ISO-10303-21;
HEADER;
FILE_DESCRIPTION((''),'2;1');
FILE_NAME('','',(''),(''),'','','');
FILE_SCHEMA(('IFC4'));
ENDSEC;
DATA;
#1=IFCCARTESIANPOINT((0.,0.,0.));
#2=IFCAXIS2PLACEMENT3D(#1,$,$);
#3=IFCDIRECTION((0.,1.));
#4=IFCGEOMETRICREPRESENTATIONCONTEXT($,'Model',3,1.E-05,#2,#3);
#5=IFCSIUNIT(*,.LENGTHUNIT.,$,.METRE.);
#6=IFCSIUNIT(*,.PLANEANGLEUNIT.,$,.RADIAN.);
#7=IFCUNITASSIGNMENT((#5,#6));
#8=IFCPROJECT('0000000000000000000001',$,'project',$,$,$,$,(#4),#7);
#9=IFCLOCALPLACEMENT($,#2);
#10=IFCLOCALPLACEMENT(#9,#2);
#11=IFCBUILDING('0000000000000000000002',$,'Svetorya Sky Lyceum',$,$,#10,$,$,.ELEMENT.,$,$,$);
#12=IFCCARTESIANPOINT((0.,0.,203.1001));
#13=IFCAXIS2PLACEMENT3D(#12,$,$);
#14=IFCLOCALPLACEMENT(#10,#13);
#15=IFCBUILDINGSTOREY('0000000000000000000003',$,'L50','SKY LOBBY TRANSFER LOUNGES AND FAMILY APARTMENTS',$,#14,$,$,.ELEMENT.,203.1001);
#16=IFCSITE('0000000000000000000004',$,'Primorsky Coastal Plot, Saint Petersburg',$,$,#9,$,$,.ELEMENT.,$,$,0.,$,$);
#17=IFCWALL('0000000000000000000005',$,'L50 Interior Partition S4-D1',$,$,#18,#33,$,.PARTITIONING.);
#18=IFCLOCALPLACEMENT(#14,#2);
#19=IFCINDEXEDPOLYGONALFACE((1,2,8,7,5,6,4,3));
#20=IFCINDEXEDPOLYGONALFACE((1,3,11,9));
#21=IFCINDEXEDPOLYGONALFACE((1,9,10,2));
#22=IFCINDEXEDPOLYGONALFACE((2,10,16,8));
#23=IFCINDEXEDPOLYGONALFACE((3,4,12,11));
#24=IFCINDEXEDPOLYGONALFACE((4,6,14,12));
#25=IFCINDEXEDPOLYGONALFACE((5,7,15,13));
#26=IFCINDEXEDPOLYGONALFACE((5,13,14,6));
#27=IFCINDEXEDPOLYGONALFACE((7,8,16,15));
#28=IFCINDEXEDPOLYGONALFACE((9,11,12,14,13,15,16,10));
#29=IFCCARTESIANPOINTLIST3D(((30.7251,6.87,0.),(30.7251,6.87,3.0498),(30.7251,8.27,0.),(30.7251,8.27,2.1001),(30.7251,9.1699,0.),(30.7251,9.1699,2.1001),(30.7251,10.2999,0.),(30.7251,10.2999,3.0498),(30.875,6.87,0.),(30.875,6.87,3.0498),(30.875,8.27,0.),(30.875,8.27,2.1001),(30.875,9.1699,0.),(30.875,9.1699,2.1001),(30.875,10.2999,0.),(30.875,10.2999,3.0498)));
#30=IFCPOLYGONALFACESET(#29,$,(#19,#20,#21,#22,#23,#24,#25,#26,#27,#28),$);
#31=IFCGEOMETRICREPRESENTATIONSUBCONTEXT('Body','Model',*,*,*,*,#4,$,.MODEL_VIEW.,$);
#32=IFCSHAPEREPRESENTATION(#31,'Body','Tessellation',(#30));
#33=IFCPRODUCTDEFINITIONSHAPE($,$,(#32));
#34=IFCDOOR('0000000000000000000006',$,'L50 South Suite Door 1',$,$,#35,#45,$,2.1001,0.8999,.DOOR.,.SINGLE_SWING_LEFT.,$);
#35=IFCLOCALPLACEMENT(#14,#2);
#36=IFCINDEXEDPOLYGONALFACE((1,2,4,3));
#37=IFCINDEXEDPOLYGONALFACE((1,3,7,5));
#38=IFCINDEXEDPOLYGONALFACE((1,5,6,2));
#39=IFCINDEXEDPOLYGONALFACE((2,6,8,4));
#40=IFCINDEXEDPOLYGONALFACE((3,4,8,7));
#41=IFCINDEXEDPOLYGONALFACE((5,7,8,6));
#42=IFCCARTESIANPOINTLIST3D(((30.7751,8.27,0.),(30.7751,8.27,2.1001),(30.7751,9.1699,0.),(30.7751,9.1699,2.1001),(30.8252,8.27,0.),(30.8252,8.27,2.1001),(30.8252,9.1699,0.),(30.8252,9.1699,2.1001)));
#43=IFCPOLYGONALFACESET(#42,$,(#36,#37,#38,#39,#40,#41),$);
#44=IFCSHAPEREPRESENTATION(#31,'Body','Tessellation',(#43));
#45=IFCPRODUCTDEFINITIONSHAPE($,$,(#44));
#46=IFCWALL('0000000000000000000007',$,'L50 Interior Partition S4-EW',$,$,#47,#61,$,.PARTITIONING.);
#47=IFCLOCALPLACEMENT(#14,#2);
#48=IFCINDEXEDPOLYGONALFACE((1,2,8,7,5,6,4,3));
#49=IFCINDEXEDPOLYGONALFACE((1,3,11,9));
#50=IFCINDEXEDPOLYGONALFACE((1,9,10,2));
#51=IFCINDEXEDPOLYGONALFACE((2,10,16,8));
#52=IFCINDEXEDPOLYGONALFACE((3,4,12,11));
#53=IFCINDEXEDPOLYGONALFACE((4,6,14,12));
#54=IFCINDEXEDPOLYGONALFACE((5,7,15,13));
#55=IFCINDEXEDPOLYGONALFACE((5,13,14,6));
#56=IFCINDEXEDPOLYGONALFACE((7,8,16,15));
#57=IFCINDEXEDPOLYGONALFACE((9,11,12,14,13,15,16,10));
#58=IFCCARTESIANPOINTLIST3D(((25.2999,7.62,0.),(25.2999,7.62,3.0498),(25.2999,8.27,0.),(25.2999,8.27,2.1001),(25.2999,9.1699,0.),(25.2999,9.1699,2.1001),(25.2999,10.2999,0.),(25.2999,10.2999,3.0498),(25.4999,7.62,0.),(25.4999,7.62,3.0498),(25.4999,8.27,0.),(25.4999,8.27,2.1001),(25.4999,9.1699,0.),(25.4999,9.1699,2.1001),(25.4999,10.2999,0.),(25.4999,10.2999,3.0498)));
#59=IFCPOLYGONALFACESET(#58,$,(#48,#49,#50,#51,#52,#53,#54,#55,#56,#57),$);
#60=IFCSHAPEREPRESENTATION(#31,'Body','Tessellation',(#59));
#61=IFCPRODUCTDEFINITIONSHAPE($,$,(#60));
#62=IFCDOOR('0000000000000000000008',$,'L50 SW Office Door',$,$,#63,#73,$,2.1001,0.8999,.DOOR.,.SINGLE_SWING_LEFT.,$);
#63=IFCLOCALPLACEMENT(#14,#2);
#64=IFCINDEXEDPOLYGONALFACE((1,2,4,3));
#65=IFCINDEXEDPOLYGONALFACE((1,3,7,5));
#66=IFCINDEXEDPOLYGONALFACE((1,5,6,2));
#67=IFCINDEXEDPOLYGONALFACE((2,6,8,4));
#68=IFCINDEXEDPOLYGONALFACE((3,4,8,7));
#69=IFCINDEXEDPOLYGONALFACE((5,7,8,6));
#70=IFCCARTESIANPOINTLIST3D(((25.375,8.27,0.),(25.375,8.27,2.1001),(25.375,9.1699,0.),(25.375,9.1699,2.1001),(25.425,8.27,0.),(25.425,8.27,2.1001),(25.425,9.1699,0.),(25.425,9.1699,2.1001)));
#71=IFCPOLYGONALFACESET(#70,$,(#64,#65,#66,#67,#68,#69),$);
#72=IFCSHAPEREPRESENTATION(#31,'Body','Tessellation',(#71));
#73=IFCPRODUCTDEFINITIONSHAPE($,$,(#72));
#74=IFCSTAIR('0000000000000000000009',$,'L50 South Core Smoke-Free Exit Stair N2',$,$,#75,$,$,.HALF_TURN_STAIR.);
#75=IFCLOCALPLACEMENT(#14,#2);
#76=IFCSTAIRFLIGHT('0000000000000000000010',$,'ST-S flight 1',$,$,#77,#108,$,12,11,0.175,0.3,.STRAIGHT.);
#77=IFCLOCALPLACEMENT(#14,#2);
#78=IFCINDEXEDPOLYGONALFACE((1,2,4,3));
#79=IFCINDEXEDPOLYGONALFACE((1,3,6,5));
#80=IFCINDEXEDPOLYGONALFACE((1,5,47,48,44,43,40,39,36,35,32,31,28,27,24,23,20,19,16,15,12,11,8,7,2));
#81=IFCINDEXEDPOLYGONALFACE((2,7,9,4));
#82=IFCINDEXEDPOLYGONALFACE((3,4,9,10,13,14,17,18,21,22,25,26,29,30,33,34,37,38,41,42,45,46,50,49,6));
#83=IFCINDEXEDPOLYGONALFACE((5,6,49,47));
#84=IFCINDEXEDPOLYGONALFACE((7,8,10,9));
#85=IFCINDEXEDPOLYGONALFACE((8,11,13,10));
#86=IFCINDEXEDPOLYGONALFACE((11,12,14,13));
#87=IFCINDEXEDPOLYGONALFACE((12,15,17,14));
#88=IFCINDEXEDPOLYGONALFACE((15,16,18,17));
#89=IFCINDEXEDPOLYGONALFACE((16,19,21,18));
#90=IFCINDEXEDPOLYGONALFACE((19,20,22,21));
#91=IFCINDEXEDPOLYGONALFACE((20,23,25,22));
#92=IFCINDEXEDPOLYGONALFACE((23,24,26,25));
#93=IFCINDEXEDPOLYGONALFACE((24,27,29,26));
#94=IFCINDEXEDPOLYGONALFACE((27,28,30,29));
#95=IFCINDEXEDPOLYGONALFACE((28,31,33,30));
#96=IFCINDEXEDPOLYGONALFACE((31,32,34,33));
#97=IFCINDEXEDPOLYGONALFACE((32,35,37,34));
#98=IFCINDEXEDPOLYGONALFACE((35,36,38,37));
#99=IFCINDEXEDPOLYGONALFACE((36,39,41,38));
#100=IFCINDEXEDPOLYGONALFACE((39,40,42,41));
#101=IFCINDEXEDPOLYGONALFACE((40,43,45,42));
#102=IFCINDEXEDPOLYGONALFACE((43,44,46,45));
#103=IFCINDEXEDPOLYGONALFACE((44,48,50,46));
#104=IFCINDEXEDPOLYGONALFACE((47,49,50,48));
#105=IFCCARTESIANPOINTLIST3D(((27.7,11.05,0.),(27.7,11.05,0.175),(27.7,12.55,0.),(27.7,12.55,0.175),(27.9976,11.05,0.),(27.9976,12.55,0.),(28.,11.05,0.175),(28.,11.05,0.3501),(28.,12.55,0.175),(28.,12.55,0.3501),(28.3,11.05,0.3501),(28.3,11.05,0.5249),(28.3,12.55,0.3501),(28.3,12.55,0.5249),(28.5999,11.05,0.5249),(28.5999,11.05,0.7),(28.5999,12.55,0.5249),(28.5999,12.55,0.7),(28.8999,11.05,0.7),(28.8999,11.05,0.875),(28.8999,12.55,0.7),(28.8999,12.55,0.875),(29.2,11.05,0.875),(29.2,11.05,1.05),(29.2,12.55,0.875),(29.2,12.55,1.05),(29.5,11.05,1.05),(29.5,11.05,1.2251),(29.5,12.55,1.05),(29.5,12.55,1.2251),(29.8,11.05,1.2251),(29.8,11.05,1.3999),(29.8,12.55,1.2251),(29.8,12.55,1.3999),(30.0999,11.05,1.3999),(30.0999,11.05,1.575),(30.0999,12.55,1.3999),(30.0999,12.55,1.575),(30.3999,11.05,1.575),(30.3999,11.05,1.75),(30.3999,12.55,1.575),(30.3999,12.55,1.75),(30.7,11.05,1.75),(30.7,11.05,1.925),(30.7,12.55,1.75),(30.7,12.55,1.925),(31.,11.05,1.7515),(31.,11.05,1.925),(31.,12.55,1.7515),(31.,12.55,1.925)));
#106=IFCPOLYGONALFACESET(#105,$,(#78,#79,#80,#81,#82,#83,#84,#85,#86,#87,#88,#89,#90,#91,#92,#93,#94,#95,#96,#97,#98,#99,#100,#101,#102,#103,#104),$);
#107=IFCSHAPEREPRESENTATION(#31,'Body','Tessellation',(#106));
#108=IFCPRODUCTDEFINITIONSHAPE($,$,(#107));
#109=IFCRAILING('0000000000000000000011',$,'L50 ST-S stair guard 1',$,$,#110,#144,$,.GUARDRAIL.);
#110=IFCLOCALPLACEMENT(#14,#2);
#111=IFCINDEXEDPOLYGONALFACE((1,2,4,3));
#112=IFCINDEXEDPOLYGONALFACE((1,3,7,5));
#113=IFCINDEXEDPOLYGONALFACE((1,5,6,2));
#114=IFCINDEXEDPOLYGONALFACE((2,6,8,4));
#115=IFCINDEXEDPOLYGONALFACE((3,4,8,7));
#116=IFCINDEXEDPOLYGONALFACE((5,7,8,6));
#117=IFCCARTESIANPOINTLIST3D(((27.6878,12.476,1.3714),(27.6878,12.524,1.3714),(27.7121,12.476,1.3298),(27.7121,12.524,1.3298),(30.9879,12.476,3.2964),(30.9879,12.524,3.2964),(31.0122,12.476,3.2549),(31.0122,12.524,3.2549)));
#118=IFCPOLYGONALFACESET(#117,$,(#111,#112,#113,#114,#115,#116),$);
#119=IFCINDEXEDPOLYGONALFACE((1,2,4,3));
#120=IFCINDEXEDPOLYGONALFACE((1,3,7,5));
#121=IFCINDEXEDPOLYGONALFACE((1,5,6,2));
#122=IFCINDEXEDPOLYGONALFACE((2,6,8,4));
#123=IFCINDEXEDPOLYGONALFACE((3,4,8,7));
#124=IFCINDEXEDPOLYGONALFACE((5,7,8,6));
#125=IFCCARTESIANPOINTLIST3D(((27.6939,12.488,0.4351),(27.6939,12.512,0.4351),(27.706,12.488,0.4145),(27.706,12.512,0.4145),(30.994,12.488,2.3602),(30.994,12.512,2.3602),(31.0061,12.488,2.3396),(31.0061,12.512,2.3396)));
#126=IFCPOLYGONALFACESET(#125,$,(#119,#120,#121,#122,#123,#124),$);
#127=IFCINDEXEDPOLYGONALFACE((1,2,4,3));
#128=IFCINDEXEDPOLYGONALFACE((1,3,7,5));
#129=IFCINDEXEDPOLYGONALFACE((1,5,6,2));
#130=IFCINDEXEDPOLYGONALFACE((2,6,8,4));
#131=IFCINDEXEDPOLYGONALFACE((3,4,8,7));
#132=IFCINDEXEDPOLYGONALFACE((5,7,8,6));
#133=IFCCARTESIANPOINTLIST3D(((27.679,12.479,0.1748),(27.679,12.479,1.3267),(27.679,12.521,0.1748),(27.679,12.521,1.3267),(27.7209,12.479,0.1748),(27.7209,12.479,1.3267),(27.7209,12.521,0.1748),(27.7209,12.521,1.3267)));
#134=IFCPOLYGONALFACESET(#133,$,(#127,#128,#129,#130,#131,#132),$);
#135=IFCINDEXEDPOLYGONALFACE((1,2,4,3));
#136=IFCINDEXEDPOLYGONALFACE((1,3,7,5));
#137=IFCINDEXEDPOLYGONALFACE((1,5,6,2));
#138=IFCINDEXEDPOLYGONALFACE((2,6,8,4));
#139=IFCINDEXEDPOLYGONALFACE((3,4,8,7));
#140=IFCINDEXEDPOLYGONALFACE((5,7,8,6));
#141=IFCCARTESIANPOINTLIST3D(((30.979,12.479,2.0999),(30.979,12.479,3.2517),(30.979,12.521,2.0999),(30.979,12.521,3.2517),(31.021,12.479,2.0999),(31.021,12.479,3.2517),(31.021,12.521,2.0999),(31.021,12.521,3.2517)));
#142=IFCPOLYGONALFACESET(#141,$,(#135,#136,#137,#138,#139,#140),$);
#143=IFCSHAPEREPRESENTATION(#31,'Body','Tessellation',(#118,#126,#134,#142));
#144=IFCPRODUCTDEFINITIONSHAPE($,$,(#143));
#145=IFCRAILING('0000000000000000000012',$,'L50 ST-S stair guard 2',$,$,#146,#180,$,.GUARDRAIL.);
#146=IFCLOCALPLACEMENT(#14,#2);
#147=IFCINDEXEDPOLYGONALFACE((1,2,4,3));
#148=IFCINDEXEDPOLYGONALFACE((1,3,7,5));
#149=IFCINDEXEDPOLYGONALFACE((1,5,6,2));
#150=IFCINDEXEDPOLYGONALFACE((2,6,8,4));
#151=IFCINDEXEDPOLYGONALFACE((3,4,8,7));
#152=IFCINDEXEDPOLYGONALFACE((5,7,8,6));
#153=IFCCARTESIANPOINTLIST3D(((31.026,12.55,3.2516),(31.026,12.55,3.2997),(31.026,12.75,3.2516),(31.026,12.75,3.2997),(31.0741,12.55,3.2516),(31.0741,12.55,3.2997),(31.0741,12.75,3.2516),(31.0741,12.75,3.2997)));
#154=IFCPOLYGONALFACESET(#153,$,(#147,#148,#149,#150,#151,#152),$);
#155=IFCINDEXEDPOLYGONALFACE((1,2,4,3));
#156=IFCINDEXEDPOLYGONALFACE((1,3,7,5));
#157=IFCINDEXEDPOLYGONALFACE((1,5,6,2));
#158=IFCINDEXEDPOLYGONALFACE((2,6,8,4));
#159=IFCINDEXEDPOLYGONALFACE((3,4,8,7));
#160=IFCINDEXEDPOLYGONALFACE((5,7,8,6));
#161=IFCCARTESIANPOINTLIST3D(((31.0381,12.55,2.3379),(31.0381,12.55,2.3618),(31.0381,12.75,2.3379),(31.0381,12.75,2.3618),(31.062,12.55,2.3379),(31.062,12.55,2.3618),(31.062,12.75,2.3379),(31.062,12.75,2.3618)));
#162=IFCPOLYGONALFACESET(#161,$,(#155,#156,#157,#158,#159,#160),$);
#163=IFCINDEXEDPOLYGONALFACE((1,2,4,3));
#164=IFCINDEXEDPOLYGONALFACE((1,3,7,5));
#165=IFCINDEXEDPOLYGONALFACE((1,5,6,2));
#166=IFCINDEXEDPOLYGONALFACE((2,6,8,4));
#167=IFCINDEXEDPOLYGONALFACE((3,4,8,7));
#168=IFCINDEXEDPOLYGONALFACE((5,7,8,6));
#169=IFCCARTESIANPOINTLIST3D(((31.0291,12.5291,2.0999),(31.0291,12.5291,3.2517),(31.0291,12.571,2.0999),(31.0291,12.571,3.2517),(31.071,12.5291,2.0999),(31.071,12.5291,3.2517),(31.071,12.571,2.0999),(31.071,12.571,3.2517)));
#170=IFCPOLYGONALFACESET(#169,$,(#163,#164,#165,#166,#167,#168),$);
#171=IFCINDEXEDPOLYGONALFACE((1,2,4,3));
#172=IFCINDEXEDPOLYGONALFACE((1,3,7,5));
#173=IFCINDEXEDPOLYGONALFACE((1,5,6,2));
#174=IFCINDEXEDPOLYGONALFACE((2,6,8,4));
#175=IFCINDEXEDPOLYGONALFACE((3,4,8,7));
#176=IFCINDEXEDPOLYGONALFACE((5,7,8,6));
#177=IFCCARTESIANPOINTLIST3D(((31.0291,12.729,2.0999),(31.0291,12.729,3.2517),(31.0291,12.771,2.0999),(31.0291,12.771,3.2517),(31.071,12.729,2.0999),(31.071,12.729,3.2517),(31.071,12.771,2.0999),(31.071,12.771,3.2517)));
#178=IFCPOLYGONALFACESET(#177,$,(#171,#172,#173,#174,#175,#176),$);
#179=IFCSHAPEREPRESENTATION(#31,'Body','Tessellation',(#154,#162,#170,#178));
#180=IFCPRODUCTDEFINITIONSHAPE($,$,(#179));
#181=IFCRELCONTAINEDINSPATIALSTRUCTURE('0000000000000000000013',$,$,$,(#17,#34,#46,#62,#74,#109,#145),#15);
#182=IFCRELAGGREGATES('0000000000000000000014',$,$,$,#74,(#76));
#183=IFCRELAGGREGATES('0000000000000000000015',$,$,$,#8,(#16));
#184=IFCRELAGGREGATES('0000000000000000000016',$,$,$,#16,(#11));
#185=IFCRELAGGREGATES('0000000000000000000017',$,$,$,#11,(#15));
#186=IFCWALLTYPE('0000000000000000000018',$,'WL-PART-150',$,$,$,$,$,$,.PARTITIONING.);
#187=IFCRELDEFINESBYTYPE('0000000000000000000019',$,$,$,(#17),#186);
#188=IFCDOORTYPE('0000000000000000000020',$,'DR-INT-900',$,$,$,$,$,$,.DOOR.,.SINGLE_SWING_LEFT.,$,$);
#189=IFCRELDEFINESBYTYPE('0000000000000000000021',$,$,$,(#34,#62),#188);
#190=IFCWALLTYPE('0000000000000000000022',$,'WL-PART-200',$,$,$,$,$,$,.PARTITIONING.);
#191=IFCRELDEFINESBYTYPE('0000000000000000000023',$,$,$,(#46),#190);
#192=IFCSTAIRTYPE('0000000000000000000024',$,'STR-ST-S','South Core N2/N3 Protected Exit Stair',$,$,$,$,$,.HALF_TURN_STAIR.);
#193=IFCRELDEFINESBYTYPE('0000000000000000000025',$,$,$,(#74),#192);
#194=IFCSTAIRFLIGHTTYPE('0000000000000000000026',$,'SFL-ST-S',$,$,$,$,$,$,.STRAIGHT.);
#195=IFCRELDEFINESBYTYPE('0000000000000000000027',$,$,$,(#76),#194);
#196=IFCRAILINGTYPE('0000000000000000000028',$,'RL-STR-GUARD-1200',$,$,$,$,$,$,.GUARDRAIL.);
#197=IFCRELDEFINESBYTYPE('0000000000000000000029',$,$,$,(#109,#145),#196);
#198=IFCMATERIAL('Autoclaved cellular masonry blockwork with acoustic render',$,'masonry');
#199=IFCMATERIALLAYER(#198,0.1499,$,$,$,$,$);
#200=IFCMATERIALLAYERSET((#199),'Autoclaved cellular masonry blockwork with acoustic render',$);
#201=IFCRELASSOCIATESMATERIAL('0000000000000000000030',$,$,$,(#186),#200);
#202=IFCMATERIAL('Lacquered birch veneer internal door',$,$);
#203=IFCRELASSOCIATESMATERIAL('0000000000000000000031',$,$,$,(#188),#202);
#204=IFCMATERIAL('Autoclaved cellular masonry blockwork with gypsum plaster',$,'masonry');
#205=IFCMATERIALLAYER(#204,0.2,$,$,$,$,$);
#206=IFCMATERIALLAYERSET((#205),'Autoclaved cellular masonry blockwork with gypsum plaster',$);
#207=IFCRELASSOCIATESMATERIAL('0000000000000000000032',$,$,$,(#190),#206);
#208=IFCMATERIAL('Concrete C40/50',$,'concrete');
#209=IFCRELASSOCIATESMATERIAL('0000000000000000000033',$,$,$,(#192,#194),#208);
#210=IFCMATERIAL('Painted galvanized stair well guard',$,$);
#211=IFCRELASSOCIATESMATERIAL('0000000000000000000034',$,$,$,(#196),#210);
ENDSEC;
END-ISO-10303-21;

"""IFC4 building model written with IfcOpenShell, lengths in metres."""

from ifc_helpers import new_model, si_unit, direction, frame, frame_2d, origin, origin_2d, place, context, subcontext, project, spatial, polyline, rectangle, outline, extrude, material, layer, layer_set, type_object, element, fill, aggregate, save


model = new_model("IFC4")

# Units and contexts
model_context = context("Model", 3, precision=1e-05, world=origin(), true_north=direction((0.0, 1.0)))
body_context = subcontext(model_context, "Body", "Model", "MODEL_VIEW")
ifc_project = project(units=[si_unit("LENGTHUNIT", "METRE"), si_unit("PLANEANGLEUNIT", "RADIAN")], contexts=[model_context])

# Site, building, storey
site_placement = place(None, origin())
site = spatial("IfcSite", under=ifc_project, at=site_placement, Name="Primorsky Coastal Plot, Saint Petersburg", CompositionType="ELEMENT", RefElevation=0.0)
building_placement = place(site_placement, origin())
building = spatial("IfcBuilding", under=site, at=building_placement, Name="Svetorya Sky Lyceum", CompositionType="ELEMENT")
storey_placement = place(building_placement, frame((0.0, 0.0, 203.1001)))
storey = spatial("IfcBuildingStorey", under=building, at=storey_placement, Name="L50", Description="SKY LOBBY TRANSFER LOUNGES AND FAMILY APARTMENTS", CompositionType="ELEMENT", Elevation=203.1001)

# Shared definitions
ifc_material_1 = material(Name="Concrete C40/50", Category="concrete")

# Walls, openings, doors
ifc_material_2 = material(Name="Autoclaved cellular masonry blockwork with acoustic render", Category="masonry")
ifc_layer_1 = layer(ifc_material_2, 0.1499)
ifc_layer_set_1 = layer_set([ifc_layer_1], Name="Autoclaved cellular masonry blockwork with acoustic render")
wall_type_1 = type_object("IfcWallType", Name="WL-PART-150", PredefinedType="PARTITIONING", material=ifc_layer_set_1)
wall_1_placement = place(storey_placement, frame((30.8, 6.8701, 0.0), z_axis=(0.0, 0.0, 1.0), x_axis=(0.0, 1.0, 0.0)))
wall_1 = element("IfcWall", 1, at=wall_1_placement, inside=storey, type_object=wall_type_1, Name="L50 Interior Partition S4-D1", PredefinedType="PARTITIONING", context=body_context, shape_type="SweptSolid", body=[
    extrude(rectangle(XDim=3.4299, YDim=0.1499, at=frame_2d((1.7148, 0.0))), origin(), (0.0, 0.0, 1.0), 3.0498),
])
opening_1_placement = place(wall_1_placement, frame((1.3999, 0.0, 0.0)))
opening_1 = element("IfcOpeningElement", 2, at=opening_1_placement, cuts=wall_1, PredefinedType="OPENING", context=body_context, shape_type="SweptSolid", body=[
    extrude(rectangle(XDim=0.8999, YDim=2.1001, at=frame_2d((0.45, 1.05))), frame((0.0, 0.085, 0.0), z_axis=(0.0, -1.0, 0.0), x_axis=(1.0, 0.0, 0.0)), (0.0, 0.0, 1.0), 0.1699),
])
ifc_material_3 = material(Name="Lacquered birch veneer internal door")
door_type = type_object("IfcDoorType", Name="DR-INT-900", OperationType="SINGLE_SWING_LEFT", PredefinedType="DOOR", material=ifc_material_3)
door_1_placement = place(opening_1_placement, origin())
door_1 = element("IfcDoor", 3, at=door_1_placement, inside=storey, type_object=door_type, Name="L50 South Suite Door 1", OperationType="SINGLE_SWING_LEFT", OverallHeight=2.1001, OverallWidth=0.8999, PredefinedType="DOOR", context=body_context, shape_type="SweptSolid", body=[
    extrude(rectangle(XDim=0.8999, YDim=2.1001, at=frame_2d((0.45, 1.05))), frame((0.0, 0.0249, 0.0), z_axis=(0.0, -1.0, 0.0), x_axis=(1.0, 0.0, 0.0)), (0.0, 0.0, 1.0), 0.05),
])
fill(opening_1, door_1)
ifc_material_4 = material(Name="Autoclaved cellular masonry blockwork with gypsum plaster", Category="masonry")
ifc_layer_2 = layer(ifc_material_4, 0.2)
ifc_layer_set_2 = layer_set([ifc_layer_2], Name="Autoclaved cellular masonry blockwork with gypsum plaster")
wall_type_2 = type_object("IfcWallType", Name="WL-PART-200", PredefinedType="PARTITIONING", material=ifc_layer_set_2)
wall_2_placement = place(storey_placement, frame((25.3999, 7.6201, 0.0), z_axis=(0.0, 0.0, 1.0), x_axis=(0.0, 1.0, 0.0)))
wall_2 = element("IfcWall", 4, at=wall_2_placement, inside=storey, type_object=wall_type_2, Name="L50 Interior Partition S4-EW", PredefinedType="PARTITIONING", context=body_context, shape_type="SweptSolid", body=[
    extrude(rectangle(XDim=2.6799, YDim=0.2, at=frame_2d((1.3398, 0.0))), origin(), (0.0, 0.0, 1.0), 3.0498),
])
opening_2_placement = place(wall_2_placement, frame((0.6499, 0.0, 0.0)))
opening_2 = element("IfcOpeningElement", 5, at=opening_2_placement, cuts=wall_2, PredefinedType="OPENING", context=body_context, shape_type="SweptSolid", body=[
    extrude(rectangle(XDim=0.8999, YDim=2.1001, at=frame_2d((0.45, 1.05))), frame((0.0, 0.1099, 0.0), z_axis=(0.0, -1.0, 0.0), x_axis=(1.0, 0.0, 0.0)), (0.0, 0.0, 1.0), 0.22),
])
door_2_placement = place(opening_2_placement, origin())
door_2 = element("IfcDoor", 6, at=door_2_placement, inside=storey, type_object=door_type, Name="L50 SW Office Door", OperationType="SINGLE_SWING_LEFT", OverallHeight=2.1001, OverallWidth=0.8999, PredefinedType="DOOR", context=body_context, shape_type="SweptSolid", body=[
    extrude(rectangle(XDim=0.8999, YDim=2.1001, at=frame_2d((0.45, 1.05))), frame((0.0, 0.0249, 0.0), z_axis=(0.0, -1.0, 0.0), x_axis=(1.0, 0.0, 0.0)), (0.0, 0.0, 1.0), 0.05),
])
fill(opening_2, door_2)

# Stair, stair flight
stair_type = type_object("IfcStairType", Name="STR-ST-S", Description="South Core N2/N3 Protected Exit Stair", PredefinedType="HALF_TURN_STAIR", material=ifc_material_1)
stair_placement = place(storey_placement, origin())
stair = element("IfcStair", 7, at=stair_placement, inside=storey, type_object=stair_type, Name="L50 South Core Smoke-Free Exit Stair N2", PredefinedType="HALF_TURN_STAIR")
stair_flight_type = type_object("IfcStairFlightType", Name="SFL-ST-S", PredefinedType="STRAIGHT", material=ifc_material_1)
stair_flight_placement = place(storey_placement, frame((27.7, 11.8, 0.0), z_axis=(0.0, 0.0, 1.0), x_axis=(1.0, 0.0, 0.0)))
stair_flight = element("IfcStairFlight", 8, at=stair_flight_placement, type_object=stair_flight_type, Name="ST-S flight 1", NumberOfRisers=12, NumberOfTreads=11, PredefinedType="STRAIGHT", RiserHeight=0.175, TreadLength=0.3, context=body_context, shape_type="SweptSolid", body=[
    extrude(outline(polyline([(0.0, 0.0), (0.0, 0.175), (0.3, 0.175), (0.3, 0.3501), (0.6001, 0.3501), (0.6001, 0.5249), (0.8999, 0.5249), (0.8999, 0.7), (1.2, 0.7), (1.2, 0.875), (1.5, 0.875), (1.5, 1.05), (1.8, 1.05), (1.8, 1.2251), (2.1001, 1.2251), (2.1001, 1.3999), (2.3999, 1.3999), (2.3999, 1.575), (2.7, 1.575), (2.7, 1.75), (3.0, 1.75), (3.0, 1.925), (3.3, 1.925), (3.3, 2.1001), (3.3, 1.7515), (0.2976, 0.0), (0.0, 0.0)])), frame((0.0, 0.75, 0.0), z_axis=(0.0, -1.0, 0.0), x_axis=(1.0, 0.0, 0.0)), (0.0, 0.0, 1.0), 1.5),
])
aggregate(stair, [stair_flight])

# Railings
ifc_material_5 = material(Name="Painted galvanized stair well guard")
railing_type_1 = type_object("IfcRailingType", Name="RL-STR-GUARD-1200", PredefinedType="GUARDRAIL", material=ifc_material_5)
railing_1_placement = place(storey_placement, frame((27.7, 12.5, 0.1748)))
element("IfcRailing", 9, at=railing_1_placement, inside=storey, type_object=railing_type_1, Name="L50 ST-S stair guard 1", PredefinedType="GUARDRAIL", context=body_context, shape_type="SweptSolid", body=[
    extrude(rectangle(XDim=0.0481, YDim=0.0481, at=origin_2d()), frame((0.0, 0.0, 1.1758), z_axis=(0.863777, 0.0, 0.503875), x_axis=(0.0, 1.0, 0.0)), (0.0, 0.0, 1.0), 3.8206),
    extrude(rectangle(XDim=0.0239, YDim=0.0239, at=origin_2d()), frame((0.0, 0.0, 0.25), z_axis=(0.863777, 0.0, 0.503875), x_axis=(0.0, 1.0, 0.0)), (0.0, 0.0, 1.0), 3.8206),
    extrude(rectangle(XDim=0.042, YDim=0.042, at=origin_2d()), origin(), (0.0, 0.0, 1.0), 1.1519),
    extrude(rectangle(XDim=0.042, YDim=0.042, at=origin_2d()), frame((3.3, 0.0, 1.925)), (0.0, 0.0, 1.0), 1.1519),
])
railing_2_placement = place(storey_placement, frame((31.05, 12.55, 2.0999)))
element("IfcRailing", 10, at=railing_2_placement, inside=storey, type_object=railing_type_1, Name="L50 ST-S stair guard 2", PredefinedType="GUARDRAIL", context=body_context, shape_type="SweptSolid", body=[
    extrude(rectangle(XDim=0.0481, YDim=0.0481, at=origin_2d()), frame((0.0, 0.0, 1.1758), z_axis=(0.0, 1.0, 0.0), x_axis=(-1.0, 0.0, 0.0)), (0.0, 0.0, 1.0), 0.2),
    extrude(rectangle(XDim=0.0239, YDim=0.0239, at=origin_2d()), frame((0.0, 0.0, 0.25), z_axis=(0.0, 1.0, 0.0), x_axis=(-1.0, 0.0, 0.0)), (0.0, 0.0, 1.0), 0.2),
    extrude(rectangle(XDim=0.042, YDim=0.042, at=origin_2d()), origin(), (0.0, 0.0, 1.0), 1.1519),
    extrude(rectangle(XDim=0.042, YDim=0.042, at=origin_2d()), frame((0.0, 0.2, 0.0)), (0.0, 0.0, 1.0), 1.1519),
])

save(model, "model.ifc")
